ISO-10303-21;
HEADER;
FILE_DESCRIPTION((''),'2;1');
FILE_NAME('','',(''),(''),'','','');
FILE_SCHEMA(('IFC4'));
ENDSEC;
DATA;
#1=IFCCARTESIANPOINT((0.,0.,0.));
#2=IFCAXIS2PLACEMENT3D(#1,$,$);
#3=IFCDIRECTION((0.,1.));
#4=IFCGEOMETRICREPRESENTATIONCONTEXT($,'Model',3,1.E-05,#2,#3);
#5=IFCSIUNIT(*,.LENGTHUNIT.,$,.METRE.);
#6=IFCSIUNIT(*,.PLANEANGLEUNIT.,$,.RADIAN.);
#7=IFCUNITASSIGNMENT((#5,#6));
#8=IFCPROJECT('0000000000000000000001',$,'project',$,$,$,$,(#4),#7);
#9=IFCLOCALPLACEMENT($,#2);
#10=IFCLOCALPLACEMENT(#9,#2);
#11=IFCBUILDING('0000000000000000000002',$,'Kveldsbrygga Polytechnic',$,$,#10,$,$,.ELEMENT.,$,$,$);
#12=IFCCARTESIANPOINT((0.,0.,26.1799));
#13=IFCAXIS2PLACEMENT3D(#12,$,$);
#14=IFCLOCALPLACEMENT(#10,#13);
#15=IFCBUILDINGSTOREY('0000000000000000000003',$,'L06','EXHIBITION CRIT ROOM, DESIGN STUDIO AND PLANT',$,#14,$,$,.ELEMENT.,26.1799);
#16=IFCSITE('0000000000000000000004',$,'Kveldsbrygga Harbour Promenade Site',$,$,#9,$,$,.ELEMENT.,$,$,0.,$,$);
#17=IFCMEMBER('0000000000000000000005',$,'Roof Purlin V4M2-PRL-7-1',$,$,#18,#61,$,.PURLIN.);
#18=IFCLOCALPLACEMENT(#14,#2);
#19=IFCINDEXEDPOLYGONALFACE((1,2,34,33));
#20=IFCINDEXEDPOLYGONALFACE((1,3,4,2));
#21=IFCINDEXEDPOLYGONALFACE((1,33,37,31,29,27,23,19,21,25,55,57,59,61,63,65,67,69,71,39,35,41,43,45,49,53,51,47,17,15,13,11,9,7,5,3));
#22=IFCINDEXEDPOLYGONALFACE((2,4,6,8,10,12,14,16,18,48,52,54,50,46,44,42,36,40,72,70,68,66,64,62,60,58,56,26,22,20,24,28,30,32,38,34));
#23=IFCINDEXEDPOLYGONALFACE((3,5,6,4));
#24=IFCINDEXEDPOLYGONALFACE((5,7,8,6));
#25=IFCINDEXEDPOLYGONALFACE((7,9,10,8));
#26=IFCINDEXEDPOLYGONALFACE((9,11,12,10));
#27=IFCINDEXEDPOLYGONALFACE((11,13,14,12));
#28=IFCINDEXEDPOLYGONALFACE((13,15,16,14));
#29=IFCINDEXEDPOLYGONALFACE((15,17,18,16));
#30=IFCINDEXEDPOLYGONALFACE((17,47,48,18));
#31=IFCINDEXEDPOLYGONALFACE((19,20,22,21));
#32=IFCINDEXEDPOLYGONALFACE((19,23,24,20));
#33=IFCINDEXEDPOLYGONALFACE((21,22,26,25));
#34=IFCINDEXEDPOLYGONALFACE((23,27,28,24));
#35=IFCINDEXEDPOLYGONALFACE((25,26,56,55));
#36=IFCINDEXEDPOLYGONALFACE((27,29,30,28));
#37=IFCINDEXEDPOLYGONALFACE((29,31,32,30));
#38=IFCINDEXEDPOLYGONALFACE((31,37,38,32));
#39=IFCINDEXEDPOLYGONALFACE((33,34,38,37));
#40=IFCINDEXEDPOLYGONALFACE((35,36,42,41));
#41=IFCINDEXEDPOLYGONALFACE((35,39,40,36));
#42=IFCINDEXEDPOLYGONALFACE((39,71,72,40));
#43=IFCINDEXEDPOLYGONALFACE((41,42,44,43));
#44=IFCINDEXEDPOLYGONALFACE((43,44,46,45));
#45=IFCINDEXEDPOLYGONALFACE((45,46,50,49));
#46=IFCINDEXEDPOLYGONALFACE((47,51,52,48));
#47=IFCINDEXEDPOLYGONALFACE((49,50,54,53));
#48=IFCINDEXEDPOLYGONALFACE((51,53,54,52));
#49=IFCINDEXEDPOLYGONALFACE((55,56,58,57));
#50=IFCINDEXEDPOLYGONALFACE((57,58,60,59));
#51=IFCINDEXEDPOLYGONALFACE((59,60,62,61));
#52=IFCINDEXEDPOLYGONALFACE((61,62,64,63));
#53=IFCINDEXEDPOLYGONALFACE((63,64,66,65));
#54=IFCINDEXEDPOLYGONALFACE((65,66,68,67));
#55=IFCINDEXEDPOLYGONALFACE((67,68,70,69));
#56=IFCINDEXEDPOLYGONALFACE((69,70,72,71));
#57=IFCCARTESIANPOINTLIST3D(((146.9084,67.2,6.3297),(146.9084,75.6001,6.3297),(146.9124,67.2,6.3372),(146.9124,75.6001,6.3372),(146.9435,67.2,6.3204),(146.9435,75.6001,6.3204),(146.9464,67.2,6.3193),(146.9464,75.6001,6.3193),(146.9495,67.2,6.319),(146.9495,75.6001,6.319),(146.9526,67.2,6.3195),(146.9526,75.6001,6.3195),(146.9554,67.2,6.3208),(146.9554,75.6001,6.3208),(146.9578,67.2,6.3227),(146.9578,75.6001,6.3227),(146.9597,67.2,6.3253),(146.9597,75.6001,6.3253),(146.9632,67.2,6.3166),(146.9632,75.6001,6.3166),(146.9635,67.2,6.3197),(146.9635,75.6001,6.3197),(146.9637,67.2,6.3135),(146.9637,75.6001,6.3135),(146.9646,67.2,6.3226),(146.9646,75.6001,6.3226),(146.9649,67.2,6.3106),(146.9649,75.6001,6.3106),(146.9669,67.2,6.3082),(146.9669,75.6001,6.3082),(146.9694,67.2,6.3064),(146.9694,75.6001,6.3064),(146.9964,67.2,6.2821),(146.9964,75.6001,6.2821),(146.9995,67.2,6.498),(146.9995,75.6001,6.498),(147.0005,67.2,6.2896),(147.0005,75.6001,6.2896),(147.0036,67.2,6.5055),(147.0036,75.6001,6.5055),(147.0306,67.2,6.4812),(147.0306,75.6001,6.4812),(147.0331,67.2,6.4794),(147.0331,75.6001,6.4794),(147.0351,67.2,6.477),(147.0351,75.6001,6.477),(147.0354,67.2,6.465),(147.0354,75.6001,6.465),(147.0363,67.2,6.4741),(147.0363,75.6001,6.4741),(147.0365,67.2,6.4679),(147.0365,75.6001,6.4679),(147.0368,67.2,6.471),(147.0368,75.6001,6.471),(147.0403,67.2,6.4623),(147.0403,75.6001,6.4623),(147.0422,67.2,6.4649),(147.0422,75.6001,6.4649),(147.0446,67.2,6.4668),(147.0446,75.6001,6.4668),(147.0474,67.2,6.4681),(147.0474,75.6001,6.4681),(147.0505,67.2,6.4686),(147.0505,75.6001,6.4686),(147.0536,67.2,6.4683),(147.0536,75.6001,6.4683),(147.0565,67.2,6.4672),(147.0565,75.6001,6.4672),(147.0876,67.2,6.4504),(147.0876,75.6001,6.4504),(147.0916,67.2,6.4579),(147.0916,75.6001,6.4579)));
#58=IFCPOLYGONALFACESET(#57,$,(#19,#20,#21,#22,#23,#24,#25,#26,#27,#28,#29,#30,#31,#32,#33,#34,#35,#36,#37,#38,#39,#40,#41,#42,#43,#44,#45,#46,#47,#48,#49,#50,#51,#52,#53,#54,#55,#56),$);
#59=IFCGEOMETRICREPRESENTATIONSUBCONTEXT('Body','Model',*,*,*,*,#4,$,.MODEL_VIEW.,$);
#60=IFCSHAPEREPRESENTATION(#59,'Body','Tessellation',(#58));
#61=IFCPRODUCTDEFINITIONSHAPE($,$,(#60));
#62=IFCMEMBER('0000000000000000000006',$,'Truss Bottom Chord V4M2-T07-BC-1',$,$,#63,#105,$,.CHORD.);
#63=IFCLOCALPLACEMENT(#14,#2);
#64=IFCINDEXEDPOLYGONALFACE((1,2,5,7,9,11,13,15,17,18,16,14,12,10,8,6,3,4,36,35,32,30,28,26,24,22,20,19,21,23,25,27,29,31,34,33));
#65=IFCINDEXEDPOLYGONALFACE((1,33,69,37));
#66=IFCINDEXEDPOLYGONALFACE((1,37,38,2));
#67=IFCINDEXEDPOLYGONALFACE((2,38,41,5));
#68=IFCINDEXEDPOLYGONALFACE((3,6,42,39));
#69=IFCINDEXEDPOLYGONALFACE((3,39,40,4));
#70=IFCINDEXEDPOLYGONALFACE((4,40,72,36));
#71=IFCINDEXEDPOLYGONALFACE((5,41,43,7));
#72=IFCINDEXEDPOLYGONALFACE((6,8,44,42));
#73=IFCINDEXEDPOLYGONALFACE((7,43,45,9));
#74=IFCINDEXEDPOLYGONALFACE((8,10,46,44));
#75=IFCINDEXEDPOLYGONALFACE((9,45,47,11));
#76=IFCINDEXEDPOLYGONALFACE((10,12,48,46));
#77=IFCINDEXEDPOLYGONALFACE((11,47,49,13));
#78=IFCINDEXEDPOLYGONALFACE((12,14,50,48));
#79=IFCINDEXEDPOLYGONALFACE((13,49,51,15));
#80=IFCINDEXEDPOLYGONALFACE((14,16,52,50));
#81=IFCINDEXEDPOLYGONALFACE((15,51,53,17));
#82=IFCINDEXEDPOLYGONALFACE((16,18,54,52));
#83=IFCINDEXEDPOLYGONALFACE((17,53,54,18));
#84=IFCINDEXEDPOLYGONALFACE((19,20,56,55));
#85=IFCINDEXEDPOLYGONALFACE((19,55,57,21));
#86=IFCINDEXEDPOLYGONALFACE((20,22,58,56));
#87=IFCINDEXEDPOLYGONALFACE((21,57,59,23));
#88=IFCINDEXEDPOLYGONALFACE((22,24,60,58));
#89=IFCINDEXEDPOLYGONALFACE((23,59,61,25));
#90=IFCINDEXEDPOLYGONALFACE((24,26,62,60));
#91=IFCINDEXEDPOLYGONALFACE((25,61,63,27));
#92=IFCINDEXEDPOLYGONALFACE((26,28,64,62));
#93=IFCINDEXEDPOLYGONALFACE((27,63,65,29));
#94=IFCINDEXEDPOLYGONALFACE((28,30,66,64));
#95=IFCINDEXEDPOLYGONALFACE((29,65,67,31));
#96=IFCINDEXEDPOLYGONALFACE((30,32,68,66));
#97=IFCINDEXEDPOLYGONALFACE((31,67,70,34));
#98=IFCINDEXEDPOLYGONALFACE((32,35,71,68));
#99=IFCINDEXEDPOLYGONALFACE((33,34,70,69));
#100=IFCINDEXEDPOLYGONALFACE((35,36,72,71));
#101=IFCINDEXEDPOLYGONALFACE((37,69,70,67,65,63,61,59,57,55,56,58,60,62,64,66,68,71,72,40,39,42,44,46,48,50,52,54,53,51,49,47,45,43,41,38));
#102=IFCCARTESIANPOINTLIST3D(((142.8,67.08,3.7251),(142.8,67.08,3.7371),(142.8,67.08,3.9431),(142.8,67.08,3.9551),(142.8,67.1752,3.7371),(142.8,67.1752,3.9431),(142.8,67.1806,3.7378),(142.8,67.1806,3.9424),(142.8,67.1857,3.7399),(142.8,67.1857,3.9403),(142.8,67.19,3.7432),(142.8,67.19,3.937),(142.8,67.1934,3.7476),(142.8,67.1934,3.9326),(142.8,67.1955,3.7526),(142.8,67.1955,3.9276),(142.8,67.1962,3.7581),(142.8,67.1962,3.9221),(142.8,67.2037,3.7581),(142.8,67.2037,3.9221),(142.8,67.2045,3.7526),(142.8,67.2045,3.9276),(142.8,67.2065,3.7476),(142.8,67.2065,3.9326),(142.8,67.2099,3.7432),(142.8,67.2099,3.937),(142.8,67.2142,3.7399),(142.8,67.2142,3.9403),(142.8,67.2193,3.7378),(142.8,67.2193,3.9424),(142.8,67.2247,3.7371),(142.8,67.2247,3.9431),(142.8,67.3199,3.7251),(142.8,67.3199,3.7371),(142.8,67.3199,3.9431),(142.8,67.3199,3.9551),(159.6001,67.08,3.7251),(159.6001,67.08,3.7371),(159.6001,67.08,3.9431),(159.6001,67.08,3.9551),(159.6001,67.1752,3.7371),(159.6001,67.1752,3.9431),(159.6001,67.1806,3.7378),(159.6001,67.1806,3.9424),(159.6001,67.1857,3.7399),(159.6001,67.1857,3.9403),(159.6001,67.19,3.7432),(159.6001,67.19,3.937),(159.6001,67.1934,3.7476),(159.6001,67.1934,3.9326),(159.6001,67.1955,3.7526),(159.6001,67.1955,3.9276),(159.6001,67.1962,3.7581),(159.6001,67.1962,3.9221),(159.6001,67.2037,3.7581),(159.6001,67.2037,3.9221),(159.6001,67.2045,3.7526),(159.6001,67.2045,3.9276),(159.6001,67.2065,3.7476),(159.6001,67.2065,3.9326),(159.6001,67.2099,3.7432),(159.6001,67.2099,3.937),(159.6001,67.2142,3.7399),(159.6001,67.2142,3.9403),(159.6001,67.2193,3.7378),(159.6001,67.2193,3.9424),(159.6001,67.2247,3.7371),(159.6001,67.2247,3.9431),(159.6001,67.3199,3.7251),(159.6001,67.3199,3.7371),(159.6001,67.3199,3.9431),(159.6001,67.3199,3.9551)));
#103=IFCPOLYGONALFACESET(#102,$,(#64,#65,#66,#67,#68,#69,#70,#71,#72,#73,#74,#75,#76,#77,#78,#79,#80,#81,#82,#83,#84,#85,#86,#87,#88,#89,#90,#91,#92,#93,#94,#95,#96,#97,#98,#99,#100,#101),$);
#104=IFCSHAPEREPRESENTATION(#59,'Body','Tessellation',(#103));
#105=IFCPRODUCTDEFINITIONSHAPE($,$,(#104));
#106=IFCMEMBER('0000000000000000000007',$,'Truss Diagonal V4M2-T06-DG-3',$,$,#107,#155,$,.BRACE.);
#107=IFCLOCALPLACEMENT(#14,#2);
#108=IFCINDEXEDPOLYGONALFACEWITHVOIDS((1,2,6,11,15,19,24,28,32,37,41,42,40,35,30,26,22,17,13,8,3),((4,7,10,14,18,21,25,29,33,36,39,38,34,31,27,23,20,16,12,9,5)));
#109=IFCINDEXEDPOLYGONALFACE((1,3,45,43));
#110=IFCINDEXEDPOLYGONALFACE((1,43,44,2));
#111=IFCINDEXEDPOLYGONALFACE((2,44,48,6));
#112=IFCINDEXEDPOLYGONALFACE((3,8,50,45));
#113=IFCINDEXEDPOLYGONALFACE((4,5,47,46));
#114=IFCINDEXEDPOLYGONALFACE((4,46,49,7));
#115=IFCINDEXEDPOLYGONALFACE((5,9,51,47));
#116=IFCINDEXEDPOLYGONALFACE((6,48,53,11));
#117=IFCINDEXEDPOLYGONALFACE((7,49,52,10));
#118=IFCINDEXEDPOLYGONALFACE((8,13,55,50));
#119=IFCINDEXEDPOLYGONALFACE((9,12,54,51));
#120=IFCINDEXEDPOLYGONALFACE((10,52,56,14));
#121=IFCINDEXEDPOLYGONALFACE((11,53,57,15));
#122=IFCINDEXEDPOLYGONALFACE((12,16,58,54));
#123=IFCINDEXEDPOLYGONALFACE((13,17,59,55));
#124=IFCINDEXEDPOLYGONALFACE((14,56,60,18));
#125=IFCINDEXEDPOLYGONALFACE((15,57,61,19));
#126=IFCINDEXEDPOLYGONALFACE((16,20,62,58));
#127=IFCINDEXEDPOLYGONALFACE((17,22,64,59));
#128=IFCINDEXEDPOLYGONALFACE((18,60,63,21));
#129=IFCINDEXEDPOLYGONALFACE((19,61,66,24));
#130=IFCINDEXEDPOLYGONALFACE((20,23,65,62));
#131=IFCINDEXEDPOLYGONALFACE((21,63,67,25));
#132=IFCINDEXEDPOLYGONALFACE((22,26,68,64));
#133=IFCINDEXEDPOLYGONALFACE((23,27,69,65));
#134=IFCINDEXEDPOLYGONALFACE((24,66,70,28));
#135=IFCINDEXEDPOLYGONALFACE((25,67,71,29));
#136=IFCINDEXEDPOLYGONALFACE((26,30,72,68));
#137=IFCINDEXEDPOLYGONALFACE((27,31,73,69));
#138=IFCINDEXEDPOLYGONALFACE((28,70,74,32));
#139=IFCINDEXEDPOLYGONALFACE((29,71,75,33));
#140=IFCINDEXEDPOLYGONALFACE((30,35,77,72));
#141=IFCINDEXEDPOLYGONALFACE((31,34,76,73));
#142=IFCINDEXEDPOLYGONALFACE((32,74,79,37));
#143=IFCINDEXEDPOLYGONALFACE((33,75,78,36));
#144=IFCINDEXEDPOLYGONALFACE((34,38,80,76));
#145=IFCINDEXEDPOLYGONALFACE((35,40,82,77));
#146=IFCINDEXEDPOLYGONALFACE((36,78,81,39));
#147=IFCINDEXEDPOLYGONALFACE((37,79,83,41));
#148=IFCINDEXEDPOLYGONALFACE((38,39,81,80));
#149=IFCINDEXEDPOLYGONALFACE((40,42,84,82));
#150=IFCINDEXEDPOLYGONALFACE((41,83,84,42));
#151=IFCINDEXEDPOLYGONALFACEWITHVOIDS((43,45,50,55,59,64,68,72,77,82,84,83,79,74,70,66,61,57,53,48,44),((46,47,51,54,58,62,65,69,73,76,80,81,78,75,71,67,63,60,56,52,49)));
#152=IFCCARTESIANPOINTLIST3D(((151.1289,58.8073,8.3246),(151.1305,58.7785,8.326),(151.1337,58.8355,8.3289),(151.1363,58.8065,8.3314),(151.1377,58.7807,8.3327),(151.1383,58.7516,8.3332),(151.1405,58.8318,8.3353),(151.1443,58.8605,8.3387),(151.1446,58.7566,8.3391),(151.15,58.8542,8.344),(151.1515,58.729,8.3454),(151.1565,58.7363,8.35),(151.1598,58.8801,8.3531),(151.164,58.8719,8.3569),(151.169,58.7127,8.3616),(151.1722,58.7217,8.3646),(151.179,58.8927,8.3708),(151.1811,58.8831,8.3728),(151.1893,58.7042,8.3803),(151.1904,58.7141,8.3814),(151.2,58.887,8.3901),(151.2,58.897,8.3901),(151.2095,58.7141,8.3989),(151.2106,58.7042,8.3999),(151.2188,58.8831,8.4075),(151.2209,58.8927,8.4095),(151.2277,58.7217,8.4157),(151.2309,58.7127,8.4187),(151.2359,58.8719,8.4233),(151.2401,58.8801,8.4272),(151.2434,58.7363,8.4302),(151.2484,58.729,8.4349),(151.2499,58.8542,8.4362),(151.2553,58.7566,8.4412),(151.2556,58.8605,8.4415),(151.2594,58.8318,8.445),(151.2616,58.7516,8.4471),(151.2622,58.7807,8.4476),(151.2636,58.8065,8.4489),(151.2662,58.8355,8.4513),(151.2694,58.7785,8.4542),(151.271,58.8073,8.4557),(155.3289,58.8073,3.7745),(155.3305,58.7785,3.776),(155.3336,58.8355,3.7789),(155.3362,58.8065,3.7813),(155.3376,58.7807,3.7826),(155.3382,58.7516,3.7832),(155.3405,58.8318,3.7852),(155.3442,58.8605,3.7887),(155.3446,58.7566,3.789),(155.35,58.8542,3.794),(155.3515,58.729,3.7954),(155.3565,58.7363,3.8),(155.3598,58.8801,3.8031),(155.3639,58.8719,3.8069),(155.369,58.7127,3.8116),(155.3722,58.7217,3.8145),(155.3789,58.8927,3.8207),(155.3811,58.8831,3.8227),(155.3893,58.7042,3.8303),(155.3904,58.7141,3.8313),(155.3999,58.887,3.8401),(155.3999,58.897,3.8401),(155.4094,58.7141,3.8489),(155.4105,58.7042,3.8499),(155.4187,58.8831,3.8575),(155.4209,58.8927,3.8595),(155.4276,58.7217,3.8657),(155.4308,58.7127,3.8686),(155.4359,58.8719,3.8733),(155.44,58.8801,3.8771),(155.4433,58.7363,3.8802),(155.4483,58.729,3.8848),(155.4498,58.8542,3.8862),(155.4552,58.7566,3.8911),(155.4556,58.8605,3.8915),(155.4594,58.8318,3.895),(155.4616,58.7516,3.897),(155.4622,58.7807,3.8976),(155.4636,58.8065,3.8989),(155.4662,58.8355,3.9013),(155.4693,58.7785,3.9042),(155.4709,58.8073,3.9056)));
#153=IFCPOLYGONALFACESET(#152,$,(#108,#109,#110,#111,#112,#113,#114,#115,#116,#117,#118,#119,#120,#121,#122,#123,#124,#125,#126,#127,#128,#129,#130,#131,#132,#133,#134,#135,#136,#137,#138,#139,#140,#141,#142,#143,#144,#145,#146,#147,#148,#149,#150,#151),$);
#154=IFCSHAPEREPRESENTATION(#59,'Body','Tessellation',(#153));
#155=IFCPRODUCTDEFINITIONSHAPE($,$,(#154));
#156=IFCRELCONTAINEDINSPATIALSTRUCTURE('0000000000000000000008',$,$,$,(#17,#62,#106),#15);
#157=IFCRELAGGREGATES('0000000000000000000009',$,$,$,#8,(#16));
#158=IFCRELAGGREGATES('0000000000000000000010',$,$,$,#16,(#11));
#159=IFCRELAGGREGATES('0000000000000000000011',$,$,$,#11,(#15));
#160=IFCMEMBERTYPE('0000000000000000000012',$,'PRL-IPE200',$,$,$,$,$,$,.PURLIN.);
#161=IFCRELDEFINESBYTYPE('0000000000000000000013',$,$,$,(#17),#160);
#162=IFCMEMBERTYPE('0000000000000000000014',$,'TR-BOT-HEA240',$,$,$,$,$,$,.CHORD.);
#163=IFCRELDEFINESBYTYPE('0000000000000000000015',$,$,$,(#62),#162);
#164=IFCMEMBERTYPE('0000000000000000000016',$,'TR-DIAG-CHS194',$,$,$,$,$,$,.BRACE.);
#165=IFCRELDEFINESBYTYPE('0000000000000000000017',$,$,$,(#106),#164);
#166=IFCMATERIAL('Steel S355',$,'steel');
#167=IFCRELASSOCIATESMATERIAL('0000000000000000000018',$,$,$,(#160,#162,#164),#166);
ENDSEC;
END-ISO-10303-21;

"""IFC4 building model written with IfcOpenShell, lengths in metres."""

from ifc_helpers import new_model, si_unit, direction, frame, origin, origin_2d, place, context, subcontext, project, spatial, hollow_circle, i_section, extrude, material, material_profile, profile_set, type_object, element, save


model = new_model("IFC4")

# Units and contexts
model_context = context("Model", 3, precision=1e-05, world=origin(), true_north=direction((0.0, 1.0)))
body_context = subcontext(model_context, "Body", "Model", "MODEL_VIEW")
ifc_project = project(units=[si_unit("LENGTHUNIT", "METRE"), si_unit("PLANEANGLEUNIT", "RADIAN")], contexts=[model_context])

# Site, building, storey
site_placement = place(None, origin())
site = spatial("IfcSite", under=ifc_project, at=site_placement, Name="Kveldsbrygga Harbour Promenade Site", CompositionType="ELEMENT", RefElevation=0.0)
building_placement = place(site_placement, origin())
building = spatial("IfcBuilding", under=site, at=building_placement, Name="Kveldsbrygga Polytechnic", CompositionType="ELEMENT")
storey_placement = place(building_placement, frame((0.0, 0.0, 26.1799)))
storey = spatial("IfcBuildingStorey", under=building, at=storey_placement, Name="L06", Description="EXHIBITION CRIT ROOM, DESIGN STUDIO AND PLANT", CompositionType="ELEMENT", Elevation=26.1799)

# Shared definitions
ifc_material_1 = material(Name="Steel S355", Category="steel")

# Members
ifc_material_profile_1 = material_profile(ifc_material_1, i_section(OverallWidth=0.1001, OverallDepth=0.2, WebThickness=0.0056, FlangeThickness=0.0085, FilletRadius=0.012, at=origin_2d()), Name="IPE 200")
ifc_profile_set_1 = profile_set([ifc_material_profile_1], Name="Steel S355")
member_type_1 = type_object("IfcMemberType", Name="PRL-IPE200", PredefinedType="PURLIN", material=ifc_profile_set_1)
member_1_placement = place(storey_placement, frame((147.0, 67.2, 6.3938), z_axis=(0.0, 1.0, 0.0), x_axis=(-0.879292, 0.0, 0.476283)))
element("IfcMember", 1, at=member_1_placement, inside=storey, type_object=member_type_1, Name="Roof Purlin V4M2-PRL-7-1", PredefinedType="PURLIN", context=body_context, shape_type="SweptSolid", body=[
    extrude(i_section(OverallWidth=0.1001, OverallDepth=0.2, WebThickness=0.0056, FlangeThickness=0.0085, FilletRadius=0.012, at=origin_2d()), origin(), (0.0, 0.0, 1.0), 8.4001),
])
ifc_material_profile_2 = material_profile(ifc_material_1, i_section(OverallWidth=0.24, OverallDepth=0.23, WebThickness=0.0076, FlangeThickness=0.012, FilletRadius=0.021, at=origin_2d()), Name="HEA 240")
ifc_profile_set_2 = profile_set([ifc_material_profile_2], Name="Steel S355")
member_type_2 = type_object("IfcMemberType", Name="TR-BOT-HEA240", PredefinedType="CHORD", material=ifc_profile_set_2)
member_2_placement = place(storey_placement, frame((142.8, 67.2, 3.8401), z_axis=(1.0, 0.0, 0.0), x_axis=(0.0, 1.0, 0.0)))
element("IfcMember", 2, at=member_2_placement, inside=storey, type_object=member_type_2, Name="Truss Bottom Chord V4M2-T07-BC-1", PredefinedType="CHORD", context=body_context, shape_type="SweptSolid", body=[
    extrude(i_section(OverallWidth=0.24, OverallDepth=0.23, WebThickness=0.0076, FlangeThickness=0.012, FilletRadius=0.021, at=origin_2d()), origin(), (0.0, 0.0, 1.0), 16.8),
])
ifc_material_profile_3 = material_profile(ifc_material_1, hollow_circle(Radius=0.0969, WallThickness=0.01, at=origin_2d()), Name="CHS 193.7x10.0")
ifc_profile_set_3 = profile_set([ifc_material_profile_3], Name="Steel S355")
member_type_3 = type_object("IfcMemberType", Name="TR-DIAG-CHS194", PredefinedType="BRACE", material=ifc_profile_set_3)
for number, where, z_axis, x_axis, name in (
    (3, (151.2, 58.8, 8.3901), (0.678272, 0.0, -0.734811), (0.0, 1.0, 0.0), "Truss Diagonal V4M2-T06-DG-3"),
):
    element("IfcMember", number, at=place(storey_placement, frame(where, z_axis=z_axis, x_axis=x_axis)), inside=storey, type_object=member_type_3, Name=name, PredefinedType="BRACE", context=body_context, shape_type="SweptSolid", body=[
        extrude(hollow_circle(Radius=0.0969, WallThickness=0.01, at=origin_2d()), origin(), (0.0, 0.0, 1.0), 6.1921),
    ])

save(model, "model.ifc")
